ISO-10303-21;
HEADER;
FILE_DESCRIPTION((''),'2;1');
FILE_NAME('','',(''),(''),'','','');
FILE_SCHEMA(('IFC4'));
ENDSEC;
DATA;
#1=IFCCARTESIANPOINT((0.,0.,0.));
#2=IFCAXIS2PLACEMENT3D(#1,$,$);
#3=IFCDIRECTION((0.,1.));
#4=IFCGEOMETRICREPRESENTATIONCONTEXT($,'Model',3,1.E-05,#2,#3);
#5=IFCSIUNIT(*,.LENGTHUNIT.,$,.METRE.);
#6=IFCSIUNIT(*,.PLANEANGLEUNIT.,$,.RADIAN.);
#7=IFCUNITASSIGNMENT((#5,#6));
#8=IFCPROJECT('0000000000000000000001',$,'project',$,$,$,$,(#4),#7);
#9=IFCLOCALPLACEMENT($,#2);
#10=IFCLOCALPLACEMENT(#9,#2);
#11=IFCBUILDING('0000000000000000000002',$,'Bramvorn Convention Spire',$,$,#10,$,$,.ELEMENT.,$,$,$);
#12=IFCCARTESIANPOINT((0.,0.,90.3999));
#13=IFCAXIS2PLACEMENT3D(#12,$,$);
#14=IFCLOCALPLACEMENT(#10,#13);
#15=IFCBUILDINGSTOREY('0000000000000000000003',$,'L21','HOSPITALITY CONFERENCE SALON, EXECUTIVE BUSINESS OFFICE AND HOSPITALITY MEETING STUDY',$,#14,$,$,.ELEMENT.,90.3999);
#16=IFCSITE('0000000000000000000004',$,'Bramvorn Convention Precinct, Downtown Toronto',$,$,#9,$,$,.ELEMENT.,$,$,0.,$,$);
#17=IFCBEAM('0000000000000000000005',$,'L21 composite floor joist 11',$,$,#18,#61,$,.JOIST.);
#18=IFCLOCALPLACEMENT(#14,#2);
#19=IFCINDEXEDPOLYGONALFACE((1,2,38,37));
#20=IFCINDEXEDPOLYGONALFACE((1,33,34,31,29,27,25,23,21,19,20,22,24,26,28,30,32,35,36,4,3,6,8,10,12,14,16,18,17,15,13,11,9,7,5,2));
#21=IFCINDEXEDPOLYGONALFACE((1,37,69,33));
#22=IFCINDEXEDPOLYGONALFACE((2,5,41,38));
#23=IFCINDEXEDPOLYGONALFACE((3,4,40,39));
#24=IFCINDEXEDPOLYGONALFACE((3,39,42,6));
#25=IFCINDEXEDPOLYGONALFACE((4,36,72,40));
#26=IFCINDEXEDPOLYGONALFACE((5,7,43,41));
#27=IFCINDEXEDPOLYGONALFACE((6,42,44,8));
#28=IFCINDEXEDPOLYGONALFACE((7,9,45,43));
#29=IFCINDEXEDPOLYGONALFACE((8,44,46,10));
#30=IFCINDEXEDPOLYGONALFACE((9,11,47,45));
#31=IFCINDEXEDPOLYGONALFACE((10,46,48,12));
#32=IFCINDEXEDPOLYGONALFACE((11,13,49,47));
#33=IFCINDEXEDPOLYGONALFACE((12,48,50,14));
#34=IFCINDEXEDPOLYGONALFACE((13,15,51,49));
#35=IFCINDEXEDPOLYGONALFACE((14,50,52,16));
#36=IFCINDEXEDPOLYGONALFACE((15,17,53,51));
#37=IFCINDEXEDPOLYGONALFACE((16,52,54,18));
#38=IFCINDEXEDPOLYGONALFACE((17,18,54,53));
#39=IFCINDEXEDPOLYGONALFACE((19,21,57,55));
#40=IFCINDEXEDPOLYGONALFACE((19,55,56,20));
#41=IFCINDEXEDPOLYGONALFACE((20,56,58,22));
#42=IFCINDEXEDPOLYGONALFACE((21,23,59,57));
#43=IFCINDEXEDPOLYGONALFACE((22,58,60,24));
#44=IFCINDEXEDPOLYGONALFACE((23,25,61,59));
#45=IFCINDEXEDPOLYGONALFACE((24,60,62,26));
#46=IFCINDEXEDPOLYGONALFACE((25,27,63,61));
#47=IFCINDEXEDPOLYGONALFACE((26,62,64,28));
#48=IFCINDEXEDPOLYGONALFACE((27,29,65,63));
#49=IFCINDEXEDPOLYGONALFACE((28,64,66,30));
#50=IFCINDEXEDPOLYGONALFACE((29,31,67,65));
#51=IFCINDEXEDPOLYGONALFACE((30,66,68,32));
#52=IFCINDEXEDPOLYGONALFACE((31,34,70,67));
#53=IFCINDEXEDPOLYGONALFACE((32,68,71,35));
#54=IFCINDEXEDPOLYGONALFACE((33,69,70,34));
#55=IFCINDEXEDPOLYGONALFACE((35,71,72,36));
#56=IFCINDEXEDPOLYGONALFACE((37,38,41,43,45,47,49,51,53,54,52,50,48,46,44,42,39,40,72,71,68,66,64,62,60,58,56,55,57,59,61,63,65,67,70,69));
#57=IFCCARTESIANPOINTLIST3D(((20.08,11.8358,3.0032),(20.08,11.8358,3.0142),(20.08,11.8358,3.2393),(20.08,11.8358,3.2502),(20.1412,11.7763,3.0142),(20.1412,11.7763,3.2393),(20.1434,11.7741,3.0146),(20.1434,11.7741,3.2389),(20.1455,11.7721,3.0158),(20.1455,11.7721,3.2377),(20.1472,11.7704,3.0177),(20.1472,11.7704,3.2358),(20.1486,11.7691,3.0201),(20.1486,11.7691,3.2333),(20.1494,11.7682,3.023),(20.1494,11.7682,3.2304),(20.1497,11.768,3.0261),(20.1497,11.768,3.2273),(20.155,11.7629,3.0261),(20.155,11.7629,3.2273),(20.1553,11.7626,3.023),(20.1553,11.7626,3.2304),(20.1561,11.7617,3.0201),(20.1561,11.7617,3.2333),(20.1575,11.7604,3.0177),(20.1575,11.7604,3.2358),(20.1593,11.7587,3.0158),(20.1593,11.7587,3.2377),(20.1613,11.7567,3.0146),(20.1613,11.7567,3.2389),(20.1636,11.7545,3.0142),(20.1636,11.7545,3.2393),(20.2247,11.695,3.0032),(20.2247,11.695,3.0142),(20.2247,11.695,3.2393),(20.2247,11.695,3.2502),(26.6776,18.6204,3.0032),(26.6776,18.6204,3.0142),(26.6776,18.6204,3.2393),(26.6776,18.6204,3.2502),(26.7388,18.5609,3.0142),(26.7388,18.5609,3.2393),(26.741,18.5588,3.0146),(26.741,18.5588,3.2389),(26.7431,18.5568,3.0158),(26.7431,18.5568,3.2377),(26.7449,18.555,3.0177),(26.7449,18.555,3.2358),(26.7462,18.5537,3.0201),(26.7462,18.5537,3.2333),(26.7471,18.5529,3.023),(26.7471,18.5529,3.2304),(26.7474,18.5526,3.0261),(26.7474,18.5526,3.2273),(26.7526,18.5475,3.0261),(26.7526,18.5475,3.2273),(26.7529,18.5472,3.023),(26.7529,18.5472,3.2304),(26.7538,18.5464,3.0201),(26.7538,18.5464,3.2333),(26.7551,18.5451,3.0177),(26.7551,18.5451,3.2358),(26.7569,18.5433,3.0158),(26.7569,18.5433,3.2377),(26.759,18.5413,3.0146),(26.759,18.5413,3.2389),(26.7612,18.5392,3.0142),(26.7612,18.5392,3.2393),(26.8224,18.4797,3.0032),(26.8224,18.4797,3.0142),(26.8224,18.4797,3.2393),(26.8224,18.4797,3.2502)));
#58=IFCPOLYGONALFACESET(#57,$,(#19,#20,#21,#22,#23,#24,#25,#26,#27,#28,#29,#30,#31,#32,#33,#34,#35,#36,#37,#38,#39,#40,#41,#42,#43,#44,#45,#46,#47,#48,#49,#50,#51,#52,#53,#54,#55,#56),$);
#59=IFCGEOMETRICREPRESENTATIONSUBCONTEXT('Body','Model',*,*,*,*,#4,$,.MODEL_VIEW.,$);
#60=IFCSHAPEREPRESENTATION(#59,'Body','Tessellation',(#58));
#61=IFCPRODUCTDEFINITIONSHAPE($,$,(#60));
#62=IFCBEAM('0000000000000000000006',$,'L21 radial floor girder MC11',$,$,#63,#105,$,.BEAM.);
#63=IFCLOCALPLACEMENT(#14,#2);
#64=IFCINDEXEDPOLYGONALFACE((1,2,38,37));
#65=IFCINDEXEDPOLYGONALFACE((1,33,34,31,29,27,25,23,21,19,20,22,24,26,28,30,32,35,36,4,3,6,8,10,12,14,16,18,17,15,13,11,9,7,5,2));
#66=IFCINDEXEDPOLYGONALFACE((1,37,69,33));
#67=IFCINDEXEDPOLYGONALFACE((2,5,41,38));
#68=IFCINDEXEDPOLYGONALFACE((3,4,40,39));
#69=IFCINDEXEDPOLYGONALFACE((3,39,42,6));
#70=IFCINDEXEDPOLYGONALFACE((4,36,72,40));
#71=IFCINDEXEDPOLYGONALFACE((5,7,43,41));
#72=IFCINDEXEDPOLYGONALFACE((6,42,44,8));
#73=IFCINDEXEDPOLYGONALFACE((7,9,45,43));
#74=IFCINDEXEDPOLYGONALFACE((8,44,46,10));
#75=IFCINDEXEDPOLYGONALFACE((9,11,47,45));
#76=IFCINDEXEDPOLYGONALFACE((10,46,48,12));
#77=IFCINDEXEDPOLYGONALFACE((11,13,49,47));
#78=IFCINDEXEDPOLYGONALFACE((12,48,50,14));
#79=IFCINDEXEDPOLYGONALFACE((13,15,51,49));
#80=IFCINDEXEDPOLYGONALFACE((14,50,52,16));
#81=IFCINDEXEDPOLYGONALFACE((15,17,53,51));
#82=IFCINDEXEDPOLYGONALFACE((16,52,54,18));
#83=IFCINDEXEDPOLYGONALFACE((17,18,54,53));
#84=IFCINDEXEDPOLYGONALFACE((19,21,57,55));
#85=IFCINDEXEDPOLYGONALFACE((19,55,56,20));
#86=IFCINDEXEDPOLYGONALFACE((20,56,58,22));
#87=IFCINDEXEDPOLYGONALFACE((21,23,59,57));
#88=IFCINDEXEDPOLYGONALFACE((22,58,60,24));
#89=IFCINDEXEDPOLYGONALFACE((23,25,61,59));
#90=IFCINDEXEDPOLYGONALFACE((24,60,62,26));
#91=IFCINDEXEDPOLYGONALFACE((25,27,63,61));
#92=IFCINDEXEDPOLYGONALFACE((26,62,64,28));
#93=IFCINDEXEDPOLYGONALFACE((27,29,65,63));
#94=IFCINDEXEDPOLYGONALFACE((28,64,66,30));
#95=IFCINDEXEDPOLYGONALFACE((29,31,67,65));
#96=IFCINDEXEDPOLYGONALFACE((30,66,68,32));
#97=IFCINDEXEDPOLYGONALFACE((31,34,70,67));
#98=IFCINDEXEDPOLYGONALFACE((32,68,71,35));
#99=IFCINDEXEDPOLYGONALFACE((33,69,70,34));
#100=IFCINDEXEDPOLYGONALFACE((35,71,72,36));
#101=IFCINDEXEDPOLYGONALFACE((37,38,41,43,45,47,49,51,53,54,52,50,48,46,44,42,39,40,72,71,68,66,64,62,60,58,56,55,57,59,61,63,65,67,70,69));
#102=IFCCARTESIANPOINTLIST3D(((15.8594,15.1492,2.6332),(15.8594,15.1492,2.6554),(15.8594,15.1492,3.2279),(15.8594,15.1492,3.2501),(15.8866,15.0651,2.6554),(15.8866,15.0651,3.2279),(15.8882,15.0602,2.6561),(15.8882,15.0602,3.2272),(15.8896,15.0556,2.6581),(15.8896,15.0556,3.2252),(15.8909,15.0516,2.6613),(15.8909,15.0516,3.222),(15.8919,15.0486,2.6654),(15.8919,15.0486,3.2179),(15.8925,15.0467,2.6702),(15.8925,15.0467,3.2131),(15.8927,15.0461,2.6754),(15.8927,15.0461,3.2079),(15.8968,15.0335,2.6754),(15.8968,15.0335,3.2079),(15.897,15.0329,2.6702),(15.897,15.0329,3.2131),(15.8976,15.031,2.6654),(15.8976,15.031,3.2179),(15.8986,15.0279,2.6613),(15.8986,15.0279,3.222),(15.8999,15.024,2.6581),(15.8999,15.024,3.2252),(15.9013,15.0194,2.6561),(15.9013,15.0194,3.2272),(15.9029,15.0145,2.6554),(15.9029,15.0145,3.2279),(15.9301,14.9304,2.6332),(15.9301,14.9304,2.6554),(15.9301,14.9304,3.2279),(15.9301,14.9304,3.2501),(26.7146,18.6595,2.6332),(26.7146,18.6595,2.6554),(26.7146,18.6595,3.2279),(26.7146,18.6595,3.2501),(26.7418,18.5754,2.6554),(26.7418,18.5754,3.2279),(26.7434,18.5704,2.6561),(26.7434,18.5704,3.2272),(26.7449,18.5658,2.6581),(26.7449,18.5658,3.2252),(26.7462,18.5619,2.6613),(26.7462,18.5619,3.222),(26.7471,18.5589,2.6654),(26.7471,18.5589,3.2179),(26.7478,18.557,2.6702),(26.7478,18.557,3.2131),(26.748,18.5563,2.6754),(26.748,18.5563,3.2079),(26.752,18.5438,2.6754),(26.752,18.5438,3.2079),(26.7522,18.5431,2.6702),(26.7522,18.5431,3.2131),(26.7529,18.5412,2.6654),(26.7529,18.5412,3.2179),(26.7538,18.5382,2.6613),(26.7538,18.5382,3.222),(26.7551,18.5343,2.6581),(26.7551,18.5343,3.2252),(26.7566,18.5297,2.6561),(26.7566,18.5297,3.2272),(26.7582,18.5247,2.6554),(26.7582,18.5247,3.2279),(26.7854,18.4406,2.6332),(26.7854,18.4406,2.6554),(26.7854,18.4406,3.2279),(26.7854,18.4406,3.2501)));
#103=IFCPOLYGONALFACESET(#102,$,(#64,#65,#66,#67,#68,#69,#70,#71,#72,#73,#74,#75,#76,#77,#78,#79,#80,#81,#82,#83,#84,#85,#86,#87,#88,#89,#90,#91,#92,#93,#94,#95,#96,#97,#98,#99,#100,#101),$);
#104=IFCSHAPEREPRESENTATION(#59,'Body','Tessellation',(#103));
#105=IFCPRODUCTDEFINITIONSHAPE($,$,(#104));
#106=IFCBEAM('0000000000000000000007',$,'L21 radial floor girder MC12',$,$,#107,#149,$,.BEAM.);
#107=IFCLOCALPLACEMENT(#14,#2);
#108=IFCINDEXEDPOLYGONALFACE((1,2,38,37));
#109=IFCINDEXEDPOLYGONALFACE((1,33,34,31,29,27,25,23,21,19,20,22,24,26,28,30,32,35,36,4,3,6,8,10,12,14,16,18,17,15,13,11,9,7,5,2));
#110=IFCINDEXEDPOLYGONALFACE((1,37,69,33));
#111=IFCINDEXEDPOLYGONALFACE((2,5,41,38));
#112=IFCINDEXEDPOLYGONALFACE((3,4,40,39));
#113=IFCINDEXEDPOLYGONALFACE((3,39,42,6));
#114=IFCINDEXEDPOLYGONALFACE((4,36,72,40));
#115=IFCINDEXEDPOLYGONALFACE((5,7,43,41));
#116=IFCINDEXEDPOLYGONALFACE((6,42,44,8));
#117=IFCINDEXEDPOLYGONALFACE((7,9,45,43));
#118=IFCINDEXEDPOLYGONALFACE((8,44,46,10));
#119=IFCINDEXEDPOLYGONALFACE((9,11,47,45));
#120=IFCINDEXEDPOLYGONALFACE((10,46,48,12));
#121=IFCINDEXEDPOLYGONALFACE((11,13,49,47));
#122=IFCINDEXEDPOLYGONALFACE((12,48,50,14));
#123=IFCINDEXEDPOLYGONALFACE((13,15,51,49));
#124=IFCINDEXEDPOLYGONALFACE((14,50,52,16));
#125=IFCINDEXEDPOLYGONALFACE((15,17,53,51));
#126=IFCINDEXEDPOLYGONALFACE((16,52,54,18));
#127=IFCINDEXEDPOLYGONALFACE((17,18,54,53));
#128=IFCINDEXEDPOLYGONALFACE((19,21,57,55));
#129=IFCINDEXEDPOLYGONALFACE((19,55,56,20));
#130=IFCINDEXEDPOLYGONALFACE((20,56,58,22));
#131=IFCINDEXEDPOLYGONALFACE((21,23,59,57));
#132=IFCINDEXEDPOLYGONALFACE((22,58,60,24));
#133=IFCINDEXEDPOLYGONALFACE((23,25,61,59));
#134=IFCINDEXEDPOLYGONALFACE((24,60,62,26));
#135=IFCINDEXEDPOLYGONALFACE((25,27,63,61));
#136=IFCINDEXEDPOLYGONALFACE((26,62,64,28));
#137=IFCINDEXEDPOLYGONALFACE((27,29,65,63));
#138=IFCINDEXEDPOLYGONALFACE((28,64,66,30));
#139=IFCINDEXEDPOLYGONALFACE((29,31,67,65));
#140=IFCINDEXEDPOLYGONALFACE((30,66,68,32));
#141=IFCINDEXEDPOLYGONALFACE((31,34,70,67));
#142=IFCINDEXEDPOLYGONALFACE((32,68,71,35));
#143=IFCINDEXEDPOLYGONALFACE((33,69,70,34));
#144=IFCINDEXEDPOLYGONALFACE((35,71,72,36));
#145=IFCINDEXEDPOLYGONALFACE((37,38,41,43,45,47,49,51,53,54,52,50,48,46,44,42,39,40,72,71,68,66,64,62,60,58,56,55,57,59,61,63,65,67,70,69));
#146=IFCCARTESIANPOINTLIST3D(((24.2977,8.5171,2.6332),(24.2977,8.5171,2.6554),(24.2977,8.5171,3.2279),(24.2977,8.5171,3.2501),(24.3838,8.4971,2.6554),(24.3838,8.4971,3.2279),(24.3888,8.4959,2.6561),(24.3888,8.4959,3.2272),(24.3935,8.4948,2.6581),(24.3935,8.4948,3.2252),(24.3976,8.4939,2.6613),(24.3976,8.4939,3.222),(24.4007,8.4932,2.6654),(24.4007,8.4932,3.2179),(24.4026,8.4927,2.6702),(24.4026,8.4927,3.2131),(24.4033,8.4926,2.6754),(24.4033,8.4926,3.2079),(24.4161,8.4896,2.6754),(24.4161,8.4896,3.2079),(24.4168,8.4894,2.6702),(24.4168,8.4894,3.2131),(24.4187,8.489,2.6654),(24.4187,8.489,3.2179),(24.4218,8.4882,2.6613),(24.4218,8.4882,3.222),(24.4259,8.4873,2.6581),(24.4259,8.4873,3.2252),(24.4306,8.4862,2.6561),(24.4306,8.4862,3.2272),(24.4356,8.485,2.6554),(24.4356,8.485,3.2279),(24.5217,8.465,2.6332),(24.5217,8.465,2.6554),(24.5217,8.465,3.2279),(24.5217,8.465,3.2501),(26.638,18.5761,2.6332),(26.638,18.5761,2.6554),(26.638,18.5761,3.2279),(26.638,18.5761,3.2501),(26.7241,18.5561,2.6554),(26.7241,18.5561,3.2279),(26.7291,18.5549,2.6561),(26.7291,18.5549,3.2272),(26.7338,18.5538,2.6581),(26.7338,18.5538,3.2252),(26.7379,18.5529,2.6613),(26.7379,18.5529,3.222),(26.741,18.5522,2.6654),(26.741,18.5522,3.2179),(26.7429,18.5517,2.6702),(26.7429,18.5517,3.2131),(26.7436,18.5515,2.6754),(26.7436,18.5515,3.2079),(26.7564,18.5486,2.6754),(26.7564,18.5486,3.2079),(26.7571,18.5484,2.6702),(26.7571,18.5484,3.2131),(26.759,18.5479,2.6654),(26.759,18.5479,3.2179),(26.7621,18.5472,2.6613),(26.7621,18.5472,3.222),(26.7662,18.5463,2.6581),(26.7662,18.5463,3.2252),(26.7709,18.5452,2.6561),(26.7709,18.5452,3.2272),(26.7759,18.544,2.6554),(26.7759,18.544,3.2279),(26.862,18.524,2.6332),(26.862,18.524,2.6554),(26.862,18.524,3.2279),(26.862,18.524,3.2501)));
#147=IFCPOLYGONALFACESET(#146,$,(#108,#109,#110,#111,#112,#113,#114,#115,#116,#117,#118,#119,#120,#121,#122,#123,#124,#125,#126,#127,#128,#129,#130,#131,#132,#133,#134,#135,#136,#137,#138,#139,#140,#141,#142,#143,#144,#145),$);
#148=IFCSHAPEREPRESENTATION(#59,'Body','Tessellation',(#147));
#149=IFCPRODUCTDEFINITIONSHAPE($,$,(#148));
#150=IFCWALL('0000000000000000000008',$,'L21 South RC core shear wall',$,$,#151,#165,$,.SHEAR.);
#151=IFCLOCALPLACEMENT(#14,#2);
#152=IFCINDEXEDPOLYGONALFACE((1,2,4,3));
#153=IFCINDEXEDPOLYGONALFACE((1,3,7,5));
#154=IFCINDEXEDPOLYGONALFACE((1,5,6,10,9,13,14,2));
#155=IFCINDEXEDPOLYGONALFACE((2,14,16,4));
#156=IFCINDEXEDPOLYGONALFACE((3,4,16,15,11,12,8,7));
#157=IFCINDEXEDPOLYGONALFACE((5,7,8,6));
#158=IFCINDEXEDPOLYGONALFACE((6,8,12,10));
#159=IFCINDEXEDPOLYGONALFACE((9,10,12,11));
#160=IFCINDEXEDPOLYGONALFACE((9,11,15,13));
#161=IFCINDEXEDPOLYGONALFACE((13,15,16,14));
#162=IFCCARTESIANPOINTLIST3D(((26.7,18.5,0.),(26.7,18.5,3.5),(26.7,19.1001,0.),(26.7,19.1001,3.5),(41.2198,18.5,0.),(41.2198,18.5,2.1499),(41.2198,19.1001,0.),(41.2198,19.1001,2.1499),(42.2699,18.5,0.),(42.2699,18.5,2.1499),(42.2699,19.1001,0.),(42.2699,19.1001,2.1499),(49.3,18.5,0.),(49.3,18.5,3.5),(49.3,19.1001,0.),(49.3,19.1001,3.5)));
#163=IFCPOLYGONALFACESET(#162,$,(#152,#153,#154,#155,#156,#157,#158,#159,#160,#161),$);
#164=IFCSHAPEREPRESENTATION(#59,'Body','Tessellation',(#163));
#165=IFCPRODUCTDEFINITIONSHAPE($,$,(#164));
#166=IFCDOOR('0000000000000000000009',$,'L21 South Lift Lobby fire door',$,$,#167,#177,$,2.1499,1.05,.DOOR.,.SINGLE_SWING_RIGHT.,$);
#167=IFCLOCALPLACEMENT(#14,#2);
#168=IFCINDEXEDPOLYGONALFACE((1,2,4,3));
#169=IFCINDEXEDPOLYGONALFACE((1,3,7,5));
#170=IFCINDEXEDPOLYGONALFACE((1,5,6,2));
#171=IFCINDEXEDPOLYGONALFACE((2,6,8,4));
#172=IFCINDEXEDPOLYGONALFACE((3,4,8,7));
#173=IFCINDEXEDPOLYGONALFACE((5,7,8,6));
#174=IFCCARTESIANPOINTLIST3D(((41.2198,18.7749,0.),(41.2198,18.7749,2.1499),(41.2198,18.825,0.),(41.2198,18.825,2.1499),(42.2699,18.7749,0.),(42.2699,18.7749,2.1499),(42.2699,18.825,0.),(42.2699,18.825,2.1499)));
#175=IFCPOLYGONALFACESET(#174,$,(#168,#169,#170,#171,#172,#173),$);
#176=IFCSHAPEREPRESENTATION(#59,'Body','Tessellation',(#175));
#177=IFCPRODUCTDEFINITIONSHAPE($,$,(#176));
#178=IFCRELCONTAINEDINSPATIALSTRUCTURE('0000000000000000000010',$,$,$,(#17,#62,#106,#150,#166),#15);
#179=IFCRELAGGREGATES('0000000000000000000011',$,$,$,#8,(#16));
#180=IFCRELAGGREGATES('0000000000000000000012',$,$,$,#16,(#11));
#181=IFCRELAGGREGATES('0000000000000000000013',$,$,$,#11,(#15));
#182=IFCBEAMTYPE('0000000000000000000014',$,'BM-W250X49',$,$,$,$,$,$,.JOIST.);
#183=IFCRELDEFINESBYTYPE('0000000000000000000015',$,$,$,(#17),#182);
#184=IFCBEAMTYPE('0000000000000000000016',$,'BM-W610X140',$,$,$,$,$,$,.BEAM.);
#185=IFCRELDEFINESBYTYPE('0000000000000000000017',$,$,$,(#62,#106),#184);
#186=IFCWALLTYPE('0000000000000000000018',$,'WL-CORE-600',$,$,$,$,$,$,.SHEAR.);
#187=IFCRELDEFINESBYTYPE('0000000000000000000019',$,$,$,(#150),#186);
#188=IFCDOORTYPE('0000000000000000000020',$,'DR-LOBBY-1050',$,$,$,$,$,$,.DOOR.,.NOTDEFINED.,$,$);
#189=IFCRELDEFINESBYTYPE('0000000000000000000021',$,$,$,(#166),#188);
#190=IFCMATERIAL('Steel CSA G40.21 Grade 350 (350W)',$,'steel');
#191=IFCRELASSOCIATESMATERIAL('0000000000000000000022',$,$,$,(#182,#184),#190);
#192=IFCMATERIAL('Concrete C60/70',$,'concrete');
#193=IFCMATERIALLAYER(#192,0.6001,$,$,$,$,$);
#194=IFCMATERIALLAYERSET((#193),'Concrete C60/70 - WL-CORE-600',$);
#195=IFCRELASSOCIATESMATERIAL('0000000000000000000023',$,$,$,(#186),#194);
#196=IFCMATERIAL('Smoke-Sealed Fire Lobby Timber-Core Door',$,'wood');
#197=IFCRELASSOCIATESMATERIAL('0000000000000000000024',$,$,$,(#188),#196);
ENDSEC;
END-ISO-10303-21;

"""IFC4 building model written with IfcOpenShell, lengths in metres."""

from ifc_helpers import new_model, si_unit, direction, frame, frame_2d, origin, origin_2d, place, context, subcontext, project, spatial, rectangle, i_section, extrude, material, layer, layer_set, material_profile, profile_set, type_object, element, fill, save


model = new_model("IFC4")

# Units and contexts
model_context = context("Model", 3, precision=1e-05, world=origin(), true_north=direction((0.0, 1.0)))
body_context = subcontext(model_context, "Body", "Model", "MODEL_VIEW")
ifc_project = project(units=[si_unit("LENGTHUNIT", "METRE"), si_unit("PLANEANGLEUNIT", "RADIAN")], contexts=[model_context])

# Site, building, storey
site_placement = place(None, origin())
site = spatial("IfcSite", under=ifc_project, at=site_placement, Name="Bramvorn Convention Precinct, Downtown Toronto", CompositionType="ELEMENT", RefElevation=0.0)
building_placement = place(site_placement, origin())
building = spatial("IfcBuilding", under=site, at=building_placement, Name="Bramvorn Convention Spire", CompositionType="ELEMENT")
storey_placement = place(building_placement, frame((0.0, 0.0, 90.3999)))
storey = spatial("IfcBuildingStorey", under=building, at=storey_placement, Name="L21", Description="HOSPITALITY CONFERENCE SALON, EXECUTIVE BUSINESS OFFICE AND HOSPITALITY MEETING STUDY", CompositionType="ELEMENT", Elevation=90.3999)

# Beams
ifc_material_1 = material(Name="Steel CSA G40.21 Grade 350 (350W)", Category="steel")
ifc_material_profile_1 = material_profile(ifc_material_1, i_section(OverallWidth=0.2019, OverallDepth=0.2471, WebThickness=0.0073, FlangeThickness=0.011, FilletRadius=0.012, at=origin_2d()))
ifc_profile_set_1 = profile_set([ifc_material_profile_1], Name="Steel CSA G40.21 Grade 350 (350W) - W250X49")
beam_type_1 = type_object("IfcBeamType", Name="BM-W250X49", PredefinedType="JOIST", material=ifc_profile_set_1)
beam_1_placement = place(storey_placement, frame((26.75, 18.55, 3.1267), z_axis=(-0.697157, -0.716918, 0.0), x_axis=(0.716918, -0.697157, 0.0)))
element("IfcBeam", 1, at=beam_1_placement, inside=storey, type_object=beam_type_1, Name="L21 composite floor joist 11", PredefinedType="JOIST", context=body_context, shape_type="SweptSolid", body=[
    extrude(i_section(OverallWidth=0.2019, OverallDepth=0.2471, WebThickness=0.0073, FlangeThickness=0.011, FilletRadius=0.012, at=origin_2d()), origin(), (0.0, 0.0, 1.0), 9.4636),
])
ifc_material_profile_2 = material_profile(ifc_material_1, i_section(OverallWidth=0.23, OverallDepth=0.6169, WebThickness=0.0132, FlangeThickness=0.0222, FilletRadius=0.02, at=origin_2d()))
ifc_profile_set_2 = profile_set([ifc_material_profile_2], Name="Steel CSA G40.21 Grade 350 (350W) - W610X140")
beam_type_2 = type_object("IfcBeamType", Name="BM-W610X140", PredefinedType="BEAM", material=ifc_profile_set_2)
beam_2_placement = place(storey_placement, frame((26.75, 18.55, 2.9417), z_axis=(-0.951489, -0.307683, 0.0), x_axis=(0.307683, -0.951489, 0.0)))
element("IfcBeam", 2, at=beam_2_placement, inside=storey, type_object=beam_type_2, Name="L21 radial floor girder MC11", PredefinedType="BEAM", context=body_context, shape_type="SweptSolid", body=[
    extrude(i_section(OverallWidth=0.23, OverallDepth=0.6169, WebThickness=0.0132, FlangeThickness=0.0222, FilletRadius=0.02, at=origin_2d()), origin(), (0.0, 0.0, 1.0), 11.4087),
])
beam_3_placement = place(storey_placement, frame((26.75, 18.55, 2.9417), z_axis=(-0.226606, -0.973986, 0.0), x_axis=(0.973986, -0.226606, 0.0)))
element("IfcBeam", 3, at=beam_3_placement, inside=storey, type_object=beam_type_2, Name="L21 radial floor girder MC12", PredefinedType="BEAM", context=body_context, shape_type="SweptSolid", body=[
    extrude(i_section(OverallWidth=0.23, OverallDepth=0.6169, WebThickness=0.0132, FlangeThickness=0.0222, FilletRadius=0.02, at=origin_2d()), origin(), (0.0, 0.0, 1.0), 10.3276),
])

# Wall, opening, door
ifc_material_2 = material(Name="Concrete C60/70", Category="concrete")
ifc_layer_1 = layer(ifc_material_2, 0.6001)
ifc_layer_set_1 = layer_set([ifc_layer_1], Name="Concrete C60/70 - WL-CORE-600")
wall_type_1 = type_object("IfcWallType", Name="WL-CORE-600", PredefinedType="SHEAR", material=ifc_layer_set_1)
wall_1_placement = place(storey_placement, frame((26.7, 18.8, 0.0), z_axis=(0.0, 0.0, 1.0), x_axis=(1.0, 0.0, 0.0)))
wall_1 = element("IfcWall", 4, at=wall_1_placement, inside=storey, type_object=wall_type_1, Name="L21 South RC core shear wall", PredefinedType="SHEAR", context=body_context, shape_type="SweptSolid", body=[
    extrude(rectangle(XDim=22.6001, YDim=0.6001, at=frame_2d((11.3, 0.0))), origin(), (0.0, 0.0, 1.0), 3.5),
])
opening_1_placement = place(wall_1_placement, frame((14.52, 0.0, 0.0)))
opening_1 = element("IfcOpeningElement", 5, at=opening_1_placement, cuts=wall_1, PredefinedType="OPENING", context=body_context, shape_type="SweptSolid", body=[
    extrude(rectangle(XDim=1.05, YDim=2.1499, at=frame_2d((0.5249, 1.075))), frame((0.0, 0.3101, 0.0), z_axis=(0.0, -1.0, 0.0), x_axis=(1.0, 0.0, 0.0)), (0.0, 0.0, 1.0), 0.6201),
])
ifc_material_3 = material(Name="Smoke-Sealed Fire Lobby Timber-Core Door", Category="wood")
door_type_1 = type_object("IfcDoorType", Name="DR-LOBBY-1050", OperationType="NOTDEFINED", PredefinedType="DOOR", material=ifc_material_3)
door_1_placement = place(opening_1_placement, origin())
door_1 = element("IfcDoor", 6, at=door_1_placement, inside=storey, type_object=door_type_1, Name="L21 South Lift Lobby fire door", OperationType="SINGLE_SWING_RIGHT", OverallHeight=2.1499, OverallWidth=1.05, PredefinedType="DOOR", context=body_context, shape_type="SweptSolid", body=[
    extrude(rectangle(XDim=1.05, YDim=2.1499, at=frame_2d((0.5249, 1.075))), frame((0.0, 0.0249, 0.0), z_axis=(0.0, -1.0, 0.0), x_axis=(1.0, 0.0, 0.0)), (0.0, 0.0, 1.0), 0.05),
])
fill(opening_1, door_1)

save(model, "model.ifc")
